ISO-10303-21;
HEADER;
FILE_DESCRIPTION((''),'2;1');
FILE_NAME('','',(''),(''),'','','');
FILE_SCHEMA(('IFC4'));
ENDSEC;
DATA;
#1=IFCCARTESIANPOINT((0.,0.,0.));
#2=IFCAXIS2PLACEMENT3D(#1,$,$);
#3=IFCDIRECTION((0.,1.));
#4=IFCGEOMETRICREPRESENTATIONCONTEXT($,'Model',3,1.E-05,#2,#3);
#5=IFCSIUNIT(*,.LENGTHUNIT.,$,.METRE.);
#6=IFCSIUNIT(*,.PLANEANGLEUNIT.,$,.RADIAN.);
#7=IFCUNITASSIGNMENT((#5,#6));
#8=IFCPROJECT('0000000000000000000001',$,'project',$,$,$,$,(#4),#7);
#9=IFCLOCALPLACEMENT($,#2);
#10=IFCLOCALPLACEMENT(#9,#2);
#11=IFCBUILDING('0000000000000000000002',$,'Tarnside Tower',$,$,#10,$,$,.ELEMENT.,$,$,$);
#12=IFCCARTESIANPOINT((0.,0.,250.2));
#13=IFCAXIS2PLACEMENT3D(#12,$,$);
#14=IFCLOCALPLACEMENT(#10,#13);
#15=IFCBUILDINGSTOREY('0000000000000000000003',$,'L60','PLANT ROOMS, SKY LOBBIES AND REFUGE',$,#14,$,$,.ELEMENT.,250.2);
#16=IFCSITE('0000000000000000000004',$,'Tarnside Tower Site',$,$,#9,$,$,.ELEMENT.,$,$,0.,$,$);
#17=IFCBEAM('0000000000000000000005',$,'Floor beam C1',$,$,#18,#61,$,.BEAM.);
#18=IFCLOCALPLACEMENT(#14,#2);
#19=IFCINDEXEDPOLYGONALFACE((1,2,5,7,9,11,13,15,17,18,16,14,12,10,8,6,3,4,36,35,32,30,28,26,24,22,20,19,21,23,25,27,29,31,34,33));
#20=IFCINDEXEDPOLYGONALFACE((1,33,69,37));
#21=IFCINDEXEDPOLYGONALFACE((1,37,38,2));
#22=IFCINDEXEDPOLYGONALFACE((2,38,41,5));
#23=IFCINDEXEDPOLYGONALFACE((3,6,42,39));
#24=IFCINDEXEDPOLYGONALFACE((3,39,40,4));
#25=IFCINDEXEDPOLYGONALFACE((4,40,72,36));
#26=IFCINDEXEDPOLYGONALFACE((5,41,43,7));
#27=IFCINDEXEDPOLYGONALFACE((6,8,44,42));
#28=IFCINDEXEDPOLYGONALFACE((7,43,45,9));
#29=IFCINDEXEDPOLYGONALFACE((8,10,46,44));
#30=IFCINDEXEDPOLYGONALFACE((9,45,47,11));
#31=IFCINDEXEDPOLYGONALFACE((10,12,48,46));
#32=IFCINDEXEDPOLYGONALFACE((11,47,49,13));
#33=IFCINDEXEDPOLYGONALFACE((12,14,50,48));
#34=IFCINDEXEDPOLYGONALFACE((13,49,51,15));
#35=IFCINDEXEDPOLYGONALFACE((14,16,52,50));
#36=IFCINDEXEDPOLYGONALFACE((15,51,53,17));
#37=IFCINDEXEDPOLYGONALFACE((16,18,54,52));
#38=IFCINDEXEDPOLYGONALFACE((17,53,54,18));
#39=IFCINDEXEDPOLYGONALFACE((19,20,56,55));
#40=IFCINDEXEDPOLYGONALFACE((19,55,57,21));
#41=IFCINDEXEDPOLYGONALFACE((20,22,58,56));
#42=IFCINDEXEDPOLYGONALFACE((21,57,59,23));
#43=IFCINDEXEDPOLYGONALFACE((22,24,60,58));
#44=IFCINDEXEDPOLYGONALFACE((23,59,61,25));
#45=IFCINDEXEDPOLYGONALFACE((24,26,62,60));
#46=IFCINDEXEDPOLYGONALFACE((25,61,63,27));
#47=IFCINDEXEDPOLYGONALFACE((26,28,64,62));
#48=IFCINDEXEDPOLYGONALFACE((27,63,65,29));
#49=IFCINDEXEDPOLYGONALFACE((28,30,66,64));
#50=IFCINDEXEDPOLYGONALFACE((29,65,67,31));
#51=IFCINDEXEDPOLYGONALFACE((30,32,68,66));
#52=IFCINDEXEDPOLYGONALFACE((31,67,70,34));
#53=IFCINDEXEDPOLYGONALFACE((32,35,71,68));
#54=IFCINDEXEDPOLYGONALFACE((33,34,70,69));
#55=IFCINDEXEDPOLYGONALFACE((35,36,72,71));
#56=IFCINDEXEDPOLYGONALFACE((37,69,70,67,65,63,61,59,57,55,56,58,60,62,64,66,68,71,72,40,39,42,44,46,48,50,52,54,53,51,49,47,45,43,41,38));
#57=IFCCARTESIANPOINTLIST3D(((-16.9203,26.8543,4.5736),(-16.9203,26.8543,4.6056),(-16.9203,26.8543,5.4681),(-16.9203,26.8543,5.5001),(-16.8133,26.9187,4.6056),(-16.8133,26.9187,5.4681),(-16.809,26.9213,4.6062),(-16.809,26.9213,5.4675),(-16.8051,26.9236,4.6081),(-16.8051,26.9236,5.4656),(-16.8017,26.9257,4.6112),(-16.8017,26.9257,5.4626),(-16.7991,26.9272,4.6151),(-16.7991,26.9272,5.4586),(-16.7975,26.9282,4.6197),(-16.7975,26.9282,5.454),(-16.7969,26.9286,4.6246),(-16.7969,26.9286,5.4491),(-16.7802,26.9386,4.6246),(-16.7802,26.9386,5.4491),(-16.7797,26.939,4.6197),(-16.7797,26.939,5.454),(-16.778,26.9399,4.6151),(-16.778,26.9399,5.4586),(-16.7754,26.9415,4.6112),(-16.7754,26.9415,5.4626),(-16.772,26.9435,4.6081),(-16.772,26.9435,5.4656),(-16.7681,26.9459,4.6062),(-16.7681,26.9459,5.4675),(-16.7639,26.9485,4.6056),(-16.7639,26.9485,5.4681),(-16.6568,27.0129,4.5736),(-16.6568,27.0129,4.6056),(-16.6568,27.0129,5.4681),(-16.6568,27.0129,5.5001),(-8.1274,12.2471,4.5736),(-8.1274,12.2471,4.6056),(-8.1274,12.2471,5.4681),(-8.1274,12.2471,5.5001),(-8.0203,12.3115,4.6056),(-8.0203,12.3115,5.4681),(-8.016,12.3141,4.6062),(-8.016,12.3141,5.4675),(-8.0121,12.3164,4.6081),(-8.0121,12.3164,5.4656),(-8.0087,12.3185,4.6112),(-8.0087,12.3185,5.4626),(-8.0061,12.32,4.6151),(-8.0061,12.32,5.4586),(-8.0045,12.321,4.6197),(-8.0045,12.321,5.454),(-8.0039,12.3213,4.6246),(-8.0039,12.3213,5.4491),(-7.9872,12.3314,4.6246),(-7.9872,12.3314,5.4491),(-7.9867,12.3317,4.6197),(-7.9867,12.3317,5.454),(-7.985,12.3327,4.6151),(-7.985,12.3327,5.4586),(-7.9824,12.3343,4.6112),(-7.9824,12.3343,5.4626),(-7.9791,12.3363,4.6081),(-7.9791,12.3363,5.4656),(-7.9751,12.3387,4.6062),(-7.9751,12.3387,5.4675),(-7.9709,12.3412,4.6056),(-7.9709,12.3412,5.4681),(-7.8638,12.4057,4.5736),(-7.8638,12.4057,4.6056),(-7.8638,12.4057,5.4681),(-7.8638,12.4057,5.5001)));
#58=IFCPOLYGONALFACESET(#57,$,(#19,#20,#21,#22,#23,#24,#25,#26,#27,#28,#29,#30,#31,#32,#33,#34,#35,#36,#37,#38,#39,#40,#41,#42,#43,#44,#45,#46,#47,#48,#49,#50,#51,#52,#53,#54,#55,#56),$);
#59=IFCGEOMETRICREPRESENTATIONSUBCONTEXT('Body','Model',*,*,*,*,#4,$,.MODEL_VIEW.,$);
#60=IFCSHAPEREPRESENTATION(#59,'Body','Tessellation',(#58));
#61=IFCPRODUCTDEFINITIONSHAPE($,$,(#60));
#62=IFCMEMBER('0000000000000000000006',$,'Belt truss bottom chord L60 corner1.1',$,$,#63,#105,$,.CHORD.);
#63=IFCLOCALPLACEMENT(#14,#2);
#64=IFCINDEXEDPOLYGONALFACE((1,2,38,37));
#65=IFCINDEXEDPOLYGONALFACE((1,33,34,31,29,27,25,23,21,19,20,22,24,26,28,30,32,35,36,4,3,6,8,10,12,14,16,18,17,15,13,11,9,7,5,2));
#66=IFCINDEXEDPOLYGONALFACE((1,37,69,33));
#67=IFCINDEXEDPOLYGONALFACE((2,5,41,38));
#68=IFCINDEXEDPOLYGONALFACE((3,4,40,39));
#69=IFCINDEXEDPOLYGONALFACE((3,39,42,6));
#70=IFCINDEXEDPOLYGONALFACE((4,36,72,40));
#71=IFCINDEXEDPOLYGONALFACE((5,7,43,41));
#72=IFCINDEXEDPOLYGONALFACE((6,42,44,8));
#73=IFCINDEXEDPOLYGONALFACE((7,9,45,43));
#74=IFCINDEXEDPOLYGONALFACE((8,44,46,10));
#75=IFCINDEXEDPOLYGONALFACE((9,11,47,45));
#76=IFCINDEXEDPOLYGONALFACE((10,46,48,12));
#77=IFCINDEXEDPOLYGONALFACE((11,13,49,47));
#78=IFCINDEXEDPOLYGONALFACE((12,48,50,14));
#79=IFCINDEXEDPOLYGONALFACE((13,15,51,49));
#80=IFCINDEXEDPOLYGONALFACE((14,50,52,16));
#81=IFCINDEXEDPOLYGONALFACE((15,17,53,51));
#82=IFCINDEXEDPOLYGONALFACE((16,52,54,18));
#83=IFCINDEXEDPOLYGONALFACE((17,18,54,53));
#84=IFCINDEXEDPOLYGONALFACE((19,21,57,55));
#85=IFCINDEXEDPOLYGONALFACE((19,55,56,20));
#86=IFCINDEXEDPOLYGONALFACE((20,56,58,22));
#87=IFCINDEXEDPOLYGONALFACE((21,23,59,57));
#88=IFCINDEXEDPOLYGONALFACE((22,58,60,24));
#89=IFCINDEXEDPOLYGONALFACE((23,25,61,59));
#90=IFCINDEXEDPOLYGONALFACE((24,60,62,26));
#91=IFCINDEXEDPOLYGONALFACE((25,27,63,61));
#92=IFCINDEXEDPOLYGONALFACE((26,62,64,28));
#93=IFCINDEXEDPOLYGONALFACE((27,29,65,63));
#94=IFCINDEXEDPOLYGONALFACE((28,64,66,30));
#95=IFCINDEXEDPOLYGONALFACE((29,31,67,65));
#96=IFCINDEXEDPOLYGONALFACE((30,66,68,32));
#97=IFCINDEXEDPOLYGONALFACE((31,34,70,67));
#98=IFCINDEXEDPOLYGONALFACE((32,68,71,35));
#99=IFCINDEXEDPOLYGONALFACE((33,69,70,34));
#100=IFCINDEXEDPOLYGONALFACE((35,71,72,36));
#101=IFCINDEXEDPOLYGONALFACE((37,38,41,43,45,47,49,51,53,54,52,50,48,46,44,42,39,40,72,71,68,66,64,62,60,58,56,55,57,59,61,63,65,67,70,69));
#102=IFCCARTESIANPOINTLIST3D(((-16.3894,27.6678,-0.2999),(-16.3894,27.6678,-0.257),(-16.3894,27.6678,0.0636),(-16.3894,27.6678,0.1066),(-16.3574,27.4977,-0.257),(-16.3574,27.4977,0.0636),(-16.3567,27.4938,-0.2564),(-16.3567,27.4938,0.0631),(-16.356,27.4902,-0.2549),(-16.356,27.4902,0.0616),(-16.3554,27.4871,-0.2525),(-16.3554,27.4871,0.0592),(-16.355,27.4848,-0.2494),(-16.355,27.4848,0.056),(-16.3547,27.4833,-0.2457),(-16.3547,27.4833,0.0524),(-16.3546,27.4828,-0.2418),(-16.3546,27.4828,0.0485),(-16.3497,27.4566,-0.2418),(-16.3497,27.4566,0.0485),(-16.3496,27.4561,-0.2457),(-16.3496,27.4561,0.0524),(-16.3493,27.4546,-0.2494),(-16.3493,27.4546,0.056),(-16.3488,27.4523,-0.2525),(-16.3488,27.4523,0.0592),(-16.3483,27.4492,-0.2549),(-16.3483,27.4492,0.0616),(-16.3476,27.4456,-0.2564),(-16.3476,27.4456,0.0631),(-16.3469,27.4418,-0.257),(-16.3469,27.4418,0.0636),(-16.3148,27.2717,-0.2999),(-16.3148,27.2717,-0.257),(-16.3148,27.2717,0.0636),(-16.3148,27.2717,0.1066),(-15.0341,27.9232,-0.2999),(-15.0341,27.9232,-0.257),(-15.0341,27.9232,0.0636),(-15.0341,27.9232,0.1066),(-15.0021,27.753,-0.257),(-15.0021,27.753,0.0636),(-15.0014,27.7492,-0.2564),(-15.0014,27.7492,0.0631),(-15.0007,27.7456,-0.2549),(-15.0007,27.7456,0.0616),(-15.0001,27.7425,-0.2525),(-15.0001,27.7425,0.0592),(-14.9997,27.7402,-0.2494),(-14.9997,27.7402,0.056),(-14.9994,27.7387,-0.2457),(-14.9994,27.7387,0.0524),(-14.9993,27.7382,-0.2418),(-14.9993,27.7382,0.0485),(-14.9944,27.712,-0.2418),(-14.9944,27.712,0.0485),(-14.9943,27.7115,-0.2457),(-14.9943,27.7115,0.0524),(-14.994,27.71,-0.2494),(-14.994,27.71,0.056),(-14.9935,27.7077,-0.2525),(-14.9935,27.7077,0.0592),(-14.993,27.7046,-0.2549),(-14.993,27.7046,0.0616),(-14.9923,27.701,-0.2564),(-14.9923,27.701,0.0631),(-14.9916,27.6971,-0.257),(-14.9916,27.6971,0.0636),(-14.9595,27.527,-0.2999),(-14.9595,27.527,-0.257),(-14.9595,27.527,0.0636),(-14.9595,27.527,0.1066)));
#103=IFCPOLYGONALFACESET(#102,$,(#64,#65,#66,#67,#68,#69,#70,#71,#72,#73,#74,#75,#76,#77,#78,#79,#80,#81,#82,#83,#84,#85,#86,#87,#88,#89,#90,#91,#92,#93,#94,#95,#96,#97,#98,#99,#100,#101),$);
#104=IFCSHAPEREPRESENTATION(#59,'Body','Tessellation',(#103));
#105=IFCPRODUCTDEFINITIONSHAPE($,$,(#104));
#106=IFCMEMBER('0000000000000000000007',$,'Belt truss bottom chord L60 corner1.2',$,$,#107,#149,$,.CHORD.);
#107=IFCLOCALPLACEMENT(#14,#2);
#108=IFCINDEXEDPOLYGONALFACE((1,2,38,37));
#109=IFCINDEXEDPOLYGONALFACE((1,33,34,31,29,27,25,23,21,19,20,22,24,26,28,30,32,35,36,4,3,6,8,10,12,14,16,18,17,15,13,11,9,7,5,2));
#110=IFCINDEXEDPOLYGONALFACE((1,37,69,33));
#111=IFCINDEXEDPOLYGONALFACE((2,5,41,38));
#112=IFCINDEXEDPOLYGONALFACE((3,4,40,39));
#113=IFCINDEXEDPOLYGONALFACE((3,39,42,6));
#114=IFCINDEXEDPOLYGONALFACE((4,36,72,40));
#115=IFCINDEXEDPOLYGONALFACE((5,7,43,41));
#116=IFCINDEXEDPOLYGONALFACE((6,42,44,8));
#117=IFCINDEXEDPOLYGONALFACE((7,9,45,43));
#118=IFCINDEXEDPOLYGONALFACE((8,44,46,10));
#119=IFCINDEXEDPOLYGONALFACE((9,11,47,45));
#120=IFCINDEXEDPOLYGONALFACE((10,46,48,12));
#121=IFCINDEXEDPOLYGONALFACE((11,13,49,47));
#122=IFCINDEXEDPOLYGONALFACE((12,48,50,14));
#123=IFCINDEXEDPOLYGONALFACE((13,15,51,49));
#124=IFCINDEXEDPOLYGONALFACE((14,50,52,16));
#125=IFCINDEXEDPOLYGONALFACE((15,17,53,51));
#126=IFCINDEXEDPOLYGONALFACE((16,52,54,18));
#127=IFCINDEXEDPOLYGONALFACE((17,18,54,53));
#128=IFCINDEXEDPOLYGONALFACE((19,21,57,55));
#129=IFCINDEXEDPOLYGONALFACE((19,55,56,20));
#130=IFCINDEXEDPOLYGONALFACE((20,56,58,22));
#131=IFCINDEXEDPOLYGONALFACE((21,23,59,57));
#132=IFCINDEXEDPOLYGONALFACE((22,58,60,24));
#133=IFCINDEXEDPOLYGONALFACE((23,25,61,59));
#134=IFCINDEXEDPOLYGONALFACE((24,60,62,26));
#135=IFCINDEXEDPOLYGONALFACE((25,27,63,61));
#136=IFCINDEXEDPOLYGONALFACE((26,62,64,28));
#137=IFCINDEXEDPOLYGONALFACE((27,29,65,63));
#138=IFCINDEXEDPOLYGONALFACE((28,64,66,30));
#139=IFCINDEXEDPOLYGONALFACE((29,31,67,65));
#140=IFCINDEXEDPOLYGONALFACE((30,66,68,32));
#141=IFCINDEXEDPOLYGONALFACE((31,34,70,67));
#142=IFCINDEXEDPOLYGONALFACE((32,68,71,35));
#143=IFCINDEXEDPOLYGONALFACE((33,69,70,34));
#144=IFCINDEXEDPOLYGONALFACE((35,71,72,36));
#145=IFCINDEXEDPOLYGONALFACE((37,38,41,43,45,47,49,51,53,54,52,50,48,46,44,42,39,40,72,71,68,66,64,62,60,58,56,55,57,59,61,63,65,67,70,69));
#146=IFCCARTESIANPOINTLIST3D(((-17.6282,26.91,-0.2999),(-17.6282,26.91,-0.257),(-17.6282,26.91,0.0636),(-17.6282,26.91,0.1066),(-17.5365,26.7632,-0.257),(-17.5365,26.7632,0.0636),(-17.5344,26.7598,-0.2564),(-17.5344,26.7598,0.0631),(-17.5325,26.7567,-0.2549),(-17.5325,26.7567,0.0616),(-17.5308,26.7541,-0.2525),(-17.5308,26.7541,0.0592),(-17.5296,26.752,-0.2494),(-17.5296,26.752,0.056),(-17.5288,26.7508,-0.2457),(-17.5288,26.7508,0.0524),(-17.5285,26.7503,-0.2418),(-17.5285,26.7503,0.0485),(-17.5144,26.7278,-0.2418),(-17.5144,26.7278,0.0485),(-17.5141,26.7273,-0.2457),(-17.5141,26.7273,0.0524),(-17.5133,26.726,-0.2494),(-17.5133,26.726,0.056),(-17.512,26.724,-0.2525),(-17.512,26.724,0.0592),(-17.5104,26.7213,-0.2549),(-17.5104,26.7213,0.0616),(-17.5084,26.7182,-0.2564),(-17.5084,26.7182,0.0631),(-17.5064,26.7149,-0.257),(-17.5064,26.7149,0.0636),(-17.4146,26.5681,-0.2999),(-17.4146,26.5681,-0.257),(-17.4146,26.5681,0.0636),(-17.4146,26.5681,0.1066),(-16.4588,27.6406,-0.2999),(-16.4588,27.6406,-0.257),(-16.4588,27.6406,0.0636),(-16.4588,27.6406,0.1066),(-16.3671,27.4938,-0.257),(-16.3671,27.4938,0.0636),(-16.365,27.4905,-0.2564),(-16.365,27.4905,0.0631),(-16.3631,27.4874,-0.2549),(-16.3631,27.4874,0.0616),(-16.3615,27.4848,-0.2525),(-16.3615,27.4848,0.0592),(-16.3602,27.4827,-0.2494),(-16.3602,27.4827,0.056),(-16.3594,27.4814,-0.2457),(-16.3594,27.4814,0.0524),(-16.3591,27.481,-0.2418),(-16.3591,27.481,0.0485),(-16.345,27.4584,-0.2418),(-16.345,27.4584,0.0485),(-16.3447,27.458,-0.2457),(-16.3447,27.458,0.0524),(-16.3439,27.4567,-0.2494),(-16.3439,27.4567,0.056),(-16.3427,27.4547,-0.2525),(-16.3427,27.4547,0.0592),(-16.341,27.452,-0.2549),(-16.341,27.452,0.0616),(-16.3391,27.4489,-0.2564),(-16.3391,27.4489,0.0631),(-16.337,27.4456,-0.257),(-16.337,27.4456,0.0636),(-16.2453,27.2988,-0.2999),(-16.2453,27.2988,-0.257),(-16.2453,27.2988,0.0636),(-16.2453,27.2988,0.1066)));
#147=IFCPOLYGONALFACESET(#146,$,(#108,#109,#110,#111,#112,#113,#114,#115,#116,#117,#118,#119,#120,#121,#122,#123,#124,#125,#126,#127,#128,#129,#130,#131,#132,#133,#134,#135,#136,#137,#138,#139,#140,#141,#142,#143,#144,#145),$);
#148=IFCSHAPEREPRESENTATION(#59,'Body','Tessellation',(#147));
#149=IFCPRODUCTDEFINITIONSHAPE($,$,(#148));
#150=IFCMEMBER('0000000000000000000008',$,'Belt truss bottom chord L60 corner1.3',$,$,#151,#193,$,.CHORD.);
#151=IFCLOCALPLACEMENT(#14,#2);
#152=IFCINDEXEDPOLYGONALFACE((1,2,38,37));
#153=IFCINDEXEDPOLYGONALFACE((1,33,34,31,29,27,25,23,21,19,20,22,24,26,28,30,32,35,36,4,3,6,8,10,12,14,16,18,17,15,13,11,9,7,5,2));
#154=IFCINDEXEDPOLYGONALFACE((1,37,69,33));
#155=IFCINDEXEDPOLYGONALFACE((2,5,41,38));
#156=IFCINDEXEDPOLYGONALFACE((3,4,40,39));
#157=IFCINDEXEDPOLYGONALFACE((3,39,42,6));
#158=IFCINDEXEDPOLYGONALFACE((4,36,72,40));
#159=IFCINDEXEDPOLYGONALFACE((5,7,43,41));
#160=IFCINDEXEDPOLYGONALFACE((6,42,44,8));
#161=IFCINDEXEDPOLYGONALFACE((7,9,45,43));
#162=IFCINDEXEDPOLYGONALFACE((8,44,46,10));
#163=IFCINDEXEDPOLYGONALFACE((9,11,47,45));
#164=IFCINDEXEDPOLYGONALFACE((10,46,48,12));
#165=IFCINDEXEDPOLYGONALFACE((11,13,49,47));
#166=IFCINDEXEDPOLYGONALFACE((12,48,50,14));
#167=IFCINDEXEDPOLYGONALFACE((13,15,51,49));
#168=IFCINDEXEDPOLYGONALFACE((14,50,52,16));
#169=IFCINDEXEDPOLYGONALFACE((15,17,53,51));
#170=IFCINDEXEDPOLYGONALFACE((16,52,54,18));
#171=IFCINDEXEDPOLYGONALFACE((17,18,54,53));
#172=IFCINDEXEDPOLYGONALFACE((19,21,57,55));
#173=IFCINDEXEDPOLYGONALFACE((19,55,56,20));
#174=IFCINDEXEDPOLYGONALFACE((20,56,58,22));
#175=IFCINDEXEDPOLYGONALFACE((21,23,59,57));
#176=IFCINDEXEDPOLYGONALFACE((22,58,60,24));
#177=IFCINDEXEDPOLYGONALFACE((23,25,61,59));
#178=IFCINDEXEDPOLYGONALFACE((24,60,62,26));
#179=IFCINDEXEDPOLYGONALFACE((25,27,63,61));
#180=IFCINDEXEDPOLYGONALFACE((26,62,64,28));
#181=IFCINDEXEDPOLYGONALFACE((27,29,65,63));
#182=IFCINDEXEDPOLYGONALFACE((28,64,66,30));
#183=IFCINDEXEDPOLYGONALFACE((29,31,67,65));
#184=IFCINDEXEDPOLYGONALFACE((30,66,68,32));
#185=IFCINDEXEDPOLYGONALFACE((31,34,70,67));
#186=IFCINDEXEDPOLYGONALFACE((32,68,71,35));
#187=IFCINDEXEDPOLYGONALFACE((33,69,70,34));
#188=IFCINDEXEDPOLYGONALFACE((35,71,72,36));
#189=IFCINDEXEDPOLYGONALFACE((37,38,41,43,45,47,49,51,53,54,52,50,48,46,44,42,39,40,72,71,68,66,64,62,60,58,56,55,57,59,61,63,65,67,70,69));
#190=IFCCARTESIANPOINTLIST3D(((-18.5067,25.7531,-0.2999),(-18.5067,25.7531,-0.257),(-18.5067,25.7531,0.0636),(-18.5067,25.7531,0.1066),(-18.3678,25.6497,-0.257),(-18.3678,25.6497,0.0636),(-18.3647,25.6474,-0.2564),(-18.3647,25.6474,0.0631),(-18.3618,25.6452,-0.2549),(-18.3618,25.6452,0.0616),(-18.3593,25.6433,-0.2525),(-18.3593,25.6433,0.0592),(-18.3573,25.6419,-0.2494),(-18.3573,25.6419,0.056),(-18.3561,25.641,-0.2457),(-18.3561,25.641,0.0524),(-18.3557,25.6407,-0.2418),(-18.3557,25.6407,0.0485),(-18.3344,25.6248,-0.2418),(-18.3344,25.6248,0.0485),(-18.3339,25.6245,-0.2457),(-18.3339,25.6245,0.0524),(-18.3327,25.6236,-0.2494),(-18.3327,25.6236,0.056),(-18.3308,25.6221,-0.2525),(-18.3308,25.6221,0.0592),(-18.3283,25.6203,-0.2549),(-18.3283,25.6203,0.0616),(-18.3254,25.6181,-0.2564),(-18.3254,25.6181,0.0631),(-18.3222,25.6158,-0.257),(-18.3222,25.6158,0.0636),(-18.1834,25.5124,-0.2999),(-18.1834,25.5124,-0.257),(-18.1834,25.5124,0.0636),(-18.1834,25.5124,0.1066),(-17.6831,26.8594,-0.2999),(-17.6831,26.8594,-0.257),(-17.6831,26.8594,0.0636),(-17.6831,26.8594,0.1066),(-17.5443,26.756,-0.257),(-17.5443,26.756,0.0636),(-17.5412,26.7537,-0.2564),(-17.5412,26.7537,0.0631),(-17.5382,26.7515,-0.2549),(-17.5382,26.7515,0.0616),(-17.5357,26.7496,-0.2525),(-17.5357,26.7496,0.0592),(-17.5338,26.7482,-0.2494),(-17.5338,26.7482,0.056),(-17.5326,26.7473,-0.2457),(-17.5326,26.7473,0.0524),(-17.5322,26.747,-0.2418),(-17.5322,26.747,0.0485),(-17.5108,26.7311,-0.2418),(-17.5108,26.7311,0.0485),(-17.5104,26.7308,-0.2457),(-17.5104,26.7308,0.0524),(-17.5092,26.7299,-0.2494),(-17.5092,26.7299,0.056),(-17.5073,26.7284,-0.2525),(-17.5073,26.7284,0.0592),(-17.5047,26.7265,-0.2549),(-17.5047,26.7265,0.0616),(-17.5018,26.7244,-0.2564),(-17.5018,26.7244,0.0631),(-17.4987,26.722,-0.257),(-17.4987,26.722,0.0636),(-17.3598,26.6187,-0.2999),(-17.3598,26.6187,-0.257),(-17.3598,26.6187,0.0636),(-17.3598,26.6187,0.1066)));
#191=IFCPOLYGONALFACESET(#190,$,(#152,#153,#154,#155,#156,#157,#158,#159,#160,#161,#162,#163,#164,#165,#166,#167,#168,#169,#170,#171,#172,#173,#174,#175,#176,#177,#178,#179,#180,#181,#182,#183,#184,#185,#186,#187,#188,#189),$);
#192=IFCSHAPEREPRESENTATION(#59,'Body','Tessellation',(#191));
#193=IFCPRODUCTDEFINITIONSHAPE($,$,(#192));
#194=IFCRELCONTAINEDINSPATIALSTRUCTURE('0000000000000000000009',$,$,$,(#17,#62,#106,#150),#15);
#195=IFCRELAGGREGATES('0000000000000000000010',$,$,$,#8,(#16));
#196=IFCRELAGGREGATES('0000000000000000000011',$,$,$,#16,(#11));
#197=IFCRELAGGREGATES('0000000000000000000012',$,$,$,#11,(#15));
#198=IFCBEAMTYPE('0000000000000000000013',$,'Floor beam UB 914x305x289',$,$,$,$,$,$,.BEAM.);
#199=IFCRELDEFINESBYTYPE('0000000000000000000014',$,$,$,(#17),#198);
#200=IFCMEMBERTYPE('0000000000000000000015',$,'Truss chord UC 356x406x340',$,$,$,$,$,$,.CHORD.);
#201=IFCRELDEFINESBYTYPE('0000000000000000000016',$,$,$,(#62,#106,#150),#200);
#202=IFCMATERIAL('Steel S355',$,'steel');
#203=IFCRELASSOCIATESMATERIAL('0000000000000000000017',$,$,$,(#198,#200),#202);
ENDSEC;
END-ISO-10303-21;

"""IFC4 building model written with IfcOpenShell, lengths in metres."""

from ifc_helpers import new_model, si_unit, direction, frame, origin, origin_2d, place, context, subcontext, project, spatial, i_section, extrude, material, material_profile, profile_set, type_object, element, save


model = new_model("IFC4")

# Units and contexts
model_context = context("Model", 3, precision=1e-05, world=origin(), true_north=direction((0.0, 1.0)))
body_context = subcontext(model_context, "Body", "Model", "MODEL_VIEW")
ifc_project = project(units=[si_unit("LENGTHUNIT", "METRE"), si_unit("PLANEANGLEUNIT", "RADIAN")], contexts=[model_context])

# Site, building, storey
site_placement = place(None, origin())
site = spatial("IfcSite", under=ifc_project, at=site_placement, Name="Tarnside Tower Site", CompositionType="ELEMENT", RefElevation=0.0)
building_placement = place(site_placement, origin())
building = spatial("IfcBuilding", under=site, at=building_placement, Name="Tarnside Tower", CompositionType="ELEMENT")
storey_placement = place(building_placement, frame((0.0, 0.0, 250.2)))
storey = spatial("IfcBuildingStorey", under=building, at=storey_placement, Name="L60", Description="PLANT ROOMS, SKY LOBBIES AND REFUGE", CompositionType="ELEMENT", Elevation=250.2)

# Beam
ifc_material_1 = material(Name="Steel S355", Category="steel")
ifc_material_profile_1 = material_profile(ifc_material_1, i_section(OverallWidth=0.3076, OverallDepth=0.9265, WebThickness=0.0195, FlangeThickness=0.032, FilletRadius=0.019, at=origin_2d()), Name="UB 914x305x289")
ifc_profile_set_1 = profile_set([ifc_material_profile_1], Name="Steel S355")
beam_type = type_object("IfcBeamType", Name="Floor beam UB 914x305x289", PredefinedType="BEAM", material=ifc_profile_set_1)
beam_placement = place(storey_placement, frame((-16.7886, 26.9336, 5.0369), z_axis=(0.515731, -0.85675, 0.0), x_axis=(0.85675, 0.515731, 0.0)))
element("IfcBeam", 1, at=beam_placement, inside=storey, type_object=beam_type, Name="Floor beam C1", PredefinedType="BEAM", context=body_context, shape_type="SweptSolid", body=[
    extrude(i_section(OverallWidth=0.3076, OverallDepth=0.9265, WebThickness=0.0195, FlangeThickness=0.032, FilletRadius=0.019, at=origin_2d()), origin(), (0.0, 0.0, 1.0), 17.0496),
])

# Members
ifc_material_profile_2 = material_profile(ifc_material_1, i_section(OverallWidth=0.4031, OverallDepth=0.4065, WebThickness=0.0266, FlangeThickness=0.043, FilletRadius=0.0151, at=origin_2d()), Name="UC 356x406x340")
ifc_profile_set_2 = profile_set([ifc_material_profile_2], Name="Steel S355")
member_type_1 = type_object("IfcMemberType", Name="Truss chord UC 356x406x340", PredefinedType="CHORD", material=ifc_profile_set_2)
member_1_placement = place(storey_placement, frame((-14.9968, 27.7251, -0.0967), z_axis=(-0.982705, -0.185176, 0.0), x_axis=(0.185176, -0.982705, 0.0)))
element("IfcMember", 2, at=member_1_placement, inside=storey, type_object=member_type_1, Name="Belt truss bottom chord L60 corner1.1", PredefinedType="CHORD", context=body_context, shape_type="SweptSolid", body=[
    extrude(i_section(OverallWidth=0.4031, OverallDepth=0.4065, WebThickness=0.0266, FlangeThickness=0.043, FilletRadius=0.0151, at=origin_2d()), origin(), (0.0, 0.0, 1.0), 1.3792),
])
member_2_placement = place(storey_placement, frame((-16.3521, 27.4697, -0.0967), z_axis=(-0.848058, -0.529903, 0.0), x_axis=(0.529903, -0.848058, 0.0)))
element("IfcMember", 3, at=member_2_placement, inside=storey, type_object=member_type_1, Name="Belt truss bottom chord L60 corner1.2", PredefinedType="CHORD", context=body_context, shape_type="SweptSolid", body=[
    extrude(i_section(OverallWidth=0.4031, OverallDepth=0.4065, WebThickness=0.0266, FlangeThickness=0.043, FilletRadius=0.0151, at=origin_2d()), origin(), (0.0, 0.0, 1.0), 1.3789),
])
member_3_placement = place(storey_placement, frame((-17.5215, 26.739, -0.0967), z_axis=(-0.597135, -0.802141, 0.0), x_axis=(0.802141, -0.597135, 0.0)))
element("IfcMember", 4, at=member_3_placement, inside=storey, type_object=member_type_1, Name="Belt truss bottom chord L60 corner1.3", PredefinedType="CHORD", context=body_context, shape_type="SweptSolid", body=[
    extrude(i_section(OverallWidth=0.4031, OverallDepth=0.4065, WebThickness=0.0266, FlangeThickness=0.043, FilletRadius=0.0151, at=origin_2d()), origin(), (0.0, 0.0, 1.0), 1.3792),
])

save(model, "model.ifc")
